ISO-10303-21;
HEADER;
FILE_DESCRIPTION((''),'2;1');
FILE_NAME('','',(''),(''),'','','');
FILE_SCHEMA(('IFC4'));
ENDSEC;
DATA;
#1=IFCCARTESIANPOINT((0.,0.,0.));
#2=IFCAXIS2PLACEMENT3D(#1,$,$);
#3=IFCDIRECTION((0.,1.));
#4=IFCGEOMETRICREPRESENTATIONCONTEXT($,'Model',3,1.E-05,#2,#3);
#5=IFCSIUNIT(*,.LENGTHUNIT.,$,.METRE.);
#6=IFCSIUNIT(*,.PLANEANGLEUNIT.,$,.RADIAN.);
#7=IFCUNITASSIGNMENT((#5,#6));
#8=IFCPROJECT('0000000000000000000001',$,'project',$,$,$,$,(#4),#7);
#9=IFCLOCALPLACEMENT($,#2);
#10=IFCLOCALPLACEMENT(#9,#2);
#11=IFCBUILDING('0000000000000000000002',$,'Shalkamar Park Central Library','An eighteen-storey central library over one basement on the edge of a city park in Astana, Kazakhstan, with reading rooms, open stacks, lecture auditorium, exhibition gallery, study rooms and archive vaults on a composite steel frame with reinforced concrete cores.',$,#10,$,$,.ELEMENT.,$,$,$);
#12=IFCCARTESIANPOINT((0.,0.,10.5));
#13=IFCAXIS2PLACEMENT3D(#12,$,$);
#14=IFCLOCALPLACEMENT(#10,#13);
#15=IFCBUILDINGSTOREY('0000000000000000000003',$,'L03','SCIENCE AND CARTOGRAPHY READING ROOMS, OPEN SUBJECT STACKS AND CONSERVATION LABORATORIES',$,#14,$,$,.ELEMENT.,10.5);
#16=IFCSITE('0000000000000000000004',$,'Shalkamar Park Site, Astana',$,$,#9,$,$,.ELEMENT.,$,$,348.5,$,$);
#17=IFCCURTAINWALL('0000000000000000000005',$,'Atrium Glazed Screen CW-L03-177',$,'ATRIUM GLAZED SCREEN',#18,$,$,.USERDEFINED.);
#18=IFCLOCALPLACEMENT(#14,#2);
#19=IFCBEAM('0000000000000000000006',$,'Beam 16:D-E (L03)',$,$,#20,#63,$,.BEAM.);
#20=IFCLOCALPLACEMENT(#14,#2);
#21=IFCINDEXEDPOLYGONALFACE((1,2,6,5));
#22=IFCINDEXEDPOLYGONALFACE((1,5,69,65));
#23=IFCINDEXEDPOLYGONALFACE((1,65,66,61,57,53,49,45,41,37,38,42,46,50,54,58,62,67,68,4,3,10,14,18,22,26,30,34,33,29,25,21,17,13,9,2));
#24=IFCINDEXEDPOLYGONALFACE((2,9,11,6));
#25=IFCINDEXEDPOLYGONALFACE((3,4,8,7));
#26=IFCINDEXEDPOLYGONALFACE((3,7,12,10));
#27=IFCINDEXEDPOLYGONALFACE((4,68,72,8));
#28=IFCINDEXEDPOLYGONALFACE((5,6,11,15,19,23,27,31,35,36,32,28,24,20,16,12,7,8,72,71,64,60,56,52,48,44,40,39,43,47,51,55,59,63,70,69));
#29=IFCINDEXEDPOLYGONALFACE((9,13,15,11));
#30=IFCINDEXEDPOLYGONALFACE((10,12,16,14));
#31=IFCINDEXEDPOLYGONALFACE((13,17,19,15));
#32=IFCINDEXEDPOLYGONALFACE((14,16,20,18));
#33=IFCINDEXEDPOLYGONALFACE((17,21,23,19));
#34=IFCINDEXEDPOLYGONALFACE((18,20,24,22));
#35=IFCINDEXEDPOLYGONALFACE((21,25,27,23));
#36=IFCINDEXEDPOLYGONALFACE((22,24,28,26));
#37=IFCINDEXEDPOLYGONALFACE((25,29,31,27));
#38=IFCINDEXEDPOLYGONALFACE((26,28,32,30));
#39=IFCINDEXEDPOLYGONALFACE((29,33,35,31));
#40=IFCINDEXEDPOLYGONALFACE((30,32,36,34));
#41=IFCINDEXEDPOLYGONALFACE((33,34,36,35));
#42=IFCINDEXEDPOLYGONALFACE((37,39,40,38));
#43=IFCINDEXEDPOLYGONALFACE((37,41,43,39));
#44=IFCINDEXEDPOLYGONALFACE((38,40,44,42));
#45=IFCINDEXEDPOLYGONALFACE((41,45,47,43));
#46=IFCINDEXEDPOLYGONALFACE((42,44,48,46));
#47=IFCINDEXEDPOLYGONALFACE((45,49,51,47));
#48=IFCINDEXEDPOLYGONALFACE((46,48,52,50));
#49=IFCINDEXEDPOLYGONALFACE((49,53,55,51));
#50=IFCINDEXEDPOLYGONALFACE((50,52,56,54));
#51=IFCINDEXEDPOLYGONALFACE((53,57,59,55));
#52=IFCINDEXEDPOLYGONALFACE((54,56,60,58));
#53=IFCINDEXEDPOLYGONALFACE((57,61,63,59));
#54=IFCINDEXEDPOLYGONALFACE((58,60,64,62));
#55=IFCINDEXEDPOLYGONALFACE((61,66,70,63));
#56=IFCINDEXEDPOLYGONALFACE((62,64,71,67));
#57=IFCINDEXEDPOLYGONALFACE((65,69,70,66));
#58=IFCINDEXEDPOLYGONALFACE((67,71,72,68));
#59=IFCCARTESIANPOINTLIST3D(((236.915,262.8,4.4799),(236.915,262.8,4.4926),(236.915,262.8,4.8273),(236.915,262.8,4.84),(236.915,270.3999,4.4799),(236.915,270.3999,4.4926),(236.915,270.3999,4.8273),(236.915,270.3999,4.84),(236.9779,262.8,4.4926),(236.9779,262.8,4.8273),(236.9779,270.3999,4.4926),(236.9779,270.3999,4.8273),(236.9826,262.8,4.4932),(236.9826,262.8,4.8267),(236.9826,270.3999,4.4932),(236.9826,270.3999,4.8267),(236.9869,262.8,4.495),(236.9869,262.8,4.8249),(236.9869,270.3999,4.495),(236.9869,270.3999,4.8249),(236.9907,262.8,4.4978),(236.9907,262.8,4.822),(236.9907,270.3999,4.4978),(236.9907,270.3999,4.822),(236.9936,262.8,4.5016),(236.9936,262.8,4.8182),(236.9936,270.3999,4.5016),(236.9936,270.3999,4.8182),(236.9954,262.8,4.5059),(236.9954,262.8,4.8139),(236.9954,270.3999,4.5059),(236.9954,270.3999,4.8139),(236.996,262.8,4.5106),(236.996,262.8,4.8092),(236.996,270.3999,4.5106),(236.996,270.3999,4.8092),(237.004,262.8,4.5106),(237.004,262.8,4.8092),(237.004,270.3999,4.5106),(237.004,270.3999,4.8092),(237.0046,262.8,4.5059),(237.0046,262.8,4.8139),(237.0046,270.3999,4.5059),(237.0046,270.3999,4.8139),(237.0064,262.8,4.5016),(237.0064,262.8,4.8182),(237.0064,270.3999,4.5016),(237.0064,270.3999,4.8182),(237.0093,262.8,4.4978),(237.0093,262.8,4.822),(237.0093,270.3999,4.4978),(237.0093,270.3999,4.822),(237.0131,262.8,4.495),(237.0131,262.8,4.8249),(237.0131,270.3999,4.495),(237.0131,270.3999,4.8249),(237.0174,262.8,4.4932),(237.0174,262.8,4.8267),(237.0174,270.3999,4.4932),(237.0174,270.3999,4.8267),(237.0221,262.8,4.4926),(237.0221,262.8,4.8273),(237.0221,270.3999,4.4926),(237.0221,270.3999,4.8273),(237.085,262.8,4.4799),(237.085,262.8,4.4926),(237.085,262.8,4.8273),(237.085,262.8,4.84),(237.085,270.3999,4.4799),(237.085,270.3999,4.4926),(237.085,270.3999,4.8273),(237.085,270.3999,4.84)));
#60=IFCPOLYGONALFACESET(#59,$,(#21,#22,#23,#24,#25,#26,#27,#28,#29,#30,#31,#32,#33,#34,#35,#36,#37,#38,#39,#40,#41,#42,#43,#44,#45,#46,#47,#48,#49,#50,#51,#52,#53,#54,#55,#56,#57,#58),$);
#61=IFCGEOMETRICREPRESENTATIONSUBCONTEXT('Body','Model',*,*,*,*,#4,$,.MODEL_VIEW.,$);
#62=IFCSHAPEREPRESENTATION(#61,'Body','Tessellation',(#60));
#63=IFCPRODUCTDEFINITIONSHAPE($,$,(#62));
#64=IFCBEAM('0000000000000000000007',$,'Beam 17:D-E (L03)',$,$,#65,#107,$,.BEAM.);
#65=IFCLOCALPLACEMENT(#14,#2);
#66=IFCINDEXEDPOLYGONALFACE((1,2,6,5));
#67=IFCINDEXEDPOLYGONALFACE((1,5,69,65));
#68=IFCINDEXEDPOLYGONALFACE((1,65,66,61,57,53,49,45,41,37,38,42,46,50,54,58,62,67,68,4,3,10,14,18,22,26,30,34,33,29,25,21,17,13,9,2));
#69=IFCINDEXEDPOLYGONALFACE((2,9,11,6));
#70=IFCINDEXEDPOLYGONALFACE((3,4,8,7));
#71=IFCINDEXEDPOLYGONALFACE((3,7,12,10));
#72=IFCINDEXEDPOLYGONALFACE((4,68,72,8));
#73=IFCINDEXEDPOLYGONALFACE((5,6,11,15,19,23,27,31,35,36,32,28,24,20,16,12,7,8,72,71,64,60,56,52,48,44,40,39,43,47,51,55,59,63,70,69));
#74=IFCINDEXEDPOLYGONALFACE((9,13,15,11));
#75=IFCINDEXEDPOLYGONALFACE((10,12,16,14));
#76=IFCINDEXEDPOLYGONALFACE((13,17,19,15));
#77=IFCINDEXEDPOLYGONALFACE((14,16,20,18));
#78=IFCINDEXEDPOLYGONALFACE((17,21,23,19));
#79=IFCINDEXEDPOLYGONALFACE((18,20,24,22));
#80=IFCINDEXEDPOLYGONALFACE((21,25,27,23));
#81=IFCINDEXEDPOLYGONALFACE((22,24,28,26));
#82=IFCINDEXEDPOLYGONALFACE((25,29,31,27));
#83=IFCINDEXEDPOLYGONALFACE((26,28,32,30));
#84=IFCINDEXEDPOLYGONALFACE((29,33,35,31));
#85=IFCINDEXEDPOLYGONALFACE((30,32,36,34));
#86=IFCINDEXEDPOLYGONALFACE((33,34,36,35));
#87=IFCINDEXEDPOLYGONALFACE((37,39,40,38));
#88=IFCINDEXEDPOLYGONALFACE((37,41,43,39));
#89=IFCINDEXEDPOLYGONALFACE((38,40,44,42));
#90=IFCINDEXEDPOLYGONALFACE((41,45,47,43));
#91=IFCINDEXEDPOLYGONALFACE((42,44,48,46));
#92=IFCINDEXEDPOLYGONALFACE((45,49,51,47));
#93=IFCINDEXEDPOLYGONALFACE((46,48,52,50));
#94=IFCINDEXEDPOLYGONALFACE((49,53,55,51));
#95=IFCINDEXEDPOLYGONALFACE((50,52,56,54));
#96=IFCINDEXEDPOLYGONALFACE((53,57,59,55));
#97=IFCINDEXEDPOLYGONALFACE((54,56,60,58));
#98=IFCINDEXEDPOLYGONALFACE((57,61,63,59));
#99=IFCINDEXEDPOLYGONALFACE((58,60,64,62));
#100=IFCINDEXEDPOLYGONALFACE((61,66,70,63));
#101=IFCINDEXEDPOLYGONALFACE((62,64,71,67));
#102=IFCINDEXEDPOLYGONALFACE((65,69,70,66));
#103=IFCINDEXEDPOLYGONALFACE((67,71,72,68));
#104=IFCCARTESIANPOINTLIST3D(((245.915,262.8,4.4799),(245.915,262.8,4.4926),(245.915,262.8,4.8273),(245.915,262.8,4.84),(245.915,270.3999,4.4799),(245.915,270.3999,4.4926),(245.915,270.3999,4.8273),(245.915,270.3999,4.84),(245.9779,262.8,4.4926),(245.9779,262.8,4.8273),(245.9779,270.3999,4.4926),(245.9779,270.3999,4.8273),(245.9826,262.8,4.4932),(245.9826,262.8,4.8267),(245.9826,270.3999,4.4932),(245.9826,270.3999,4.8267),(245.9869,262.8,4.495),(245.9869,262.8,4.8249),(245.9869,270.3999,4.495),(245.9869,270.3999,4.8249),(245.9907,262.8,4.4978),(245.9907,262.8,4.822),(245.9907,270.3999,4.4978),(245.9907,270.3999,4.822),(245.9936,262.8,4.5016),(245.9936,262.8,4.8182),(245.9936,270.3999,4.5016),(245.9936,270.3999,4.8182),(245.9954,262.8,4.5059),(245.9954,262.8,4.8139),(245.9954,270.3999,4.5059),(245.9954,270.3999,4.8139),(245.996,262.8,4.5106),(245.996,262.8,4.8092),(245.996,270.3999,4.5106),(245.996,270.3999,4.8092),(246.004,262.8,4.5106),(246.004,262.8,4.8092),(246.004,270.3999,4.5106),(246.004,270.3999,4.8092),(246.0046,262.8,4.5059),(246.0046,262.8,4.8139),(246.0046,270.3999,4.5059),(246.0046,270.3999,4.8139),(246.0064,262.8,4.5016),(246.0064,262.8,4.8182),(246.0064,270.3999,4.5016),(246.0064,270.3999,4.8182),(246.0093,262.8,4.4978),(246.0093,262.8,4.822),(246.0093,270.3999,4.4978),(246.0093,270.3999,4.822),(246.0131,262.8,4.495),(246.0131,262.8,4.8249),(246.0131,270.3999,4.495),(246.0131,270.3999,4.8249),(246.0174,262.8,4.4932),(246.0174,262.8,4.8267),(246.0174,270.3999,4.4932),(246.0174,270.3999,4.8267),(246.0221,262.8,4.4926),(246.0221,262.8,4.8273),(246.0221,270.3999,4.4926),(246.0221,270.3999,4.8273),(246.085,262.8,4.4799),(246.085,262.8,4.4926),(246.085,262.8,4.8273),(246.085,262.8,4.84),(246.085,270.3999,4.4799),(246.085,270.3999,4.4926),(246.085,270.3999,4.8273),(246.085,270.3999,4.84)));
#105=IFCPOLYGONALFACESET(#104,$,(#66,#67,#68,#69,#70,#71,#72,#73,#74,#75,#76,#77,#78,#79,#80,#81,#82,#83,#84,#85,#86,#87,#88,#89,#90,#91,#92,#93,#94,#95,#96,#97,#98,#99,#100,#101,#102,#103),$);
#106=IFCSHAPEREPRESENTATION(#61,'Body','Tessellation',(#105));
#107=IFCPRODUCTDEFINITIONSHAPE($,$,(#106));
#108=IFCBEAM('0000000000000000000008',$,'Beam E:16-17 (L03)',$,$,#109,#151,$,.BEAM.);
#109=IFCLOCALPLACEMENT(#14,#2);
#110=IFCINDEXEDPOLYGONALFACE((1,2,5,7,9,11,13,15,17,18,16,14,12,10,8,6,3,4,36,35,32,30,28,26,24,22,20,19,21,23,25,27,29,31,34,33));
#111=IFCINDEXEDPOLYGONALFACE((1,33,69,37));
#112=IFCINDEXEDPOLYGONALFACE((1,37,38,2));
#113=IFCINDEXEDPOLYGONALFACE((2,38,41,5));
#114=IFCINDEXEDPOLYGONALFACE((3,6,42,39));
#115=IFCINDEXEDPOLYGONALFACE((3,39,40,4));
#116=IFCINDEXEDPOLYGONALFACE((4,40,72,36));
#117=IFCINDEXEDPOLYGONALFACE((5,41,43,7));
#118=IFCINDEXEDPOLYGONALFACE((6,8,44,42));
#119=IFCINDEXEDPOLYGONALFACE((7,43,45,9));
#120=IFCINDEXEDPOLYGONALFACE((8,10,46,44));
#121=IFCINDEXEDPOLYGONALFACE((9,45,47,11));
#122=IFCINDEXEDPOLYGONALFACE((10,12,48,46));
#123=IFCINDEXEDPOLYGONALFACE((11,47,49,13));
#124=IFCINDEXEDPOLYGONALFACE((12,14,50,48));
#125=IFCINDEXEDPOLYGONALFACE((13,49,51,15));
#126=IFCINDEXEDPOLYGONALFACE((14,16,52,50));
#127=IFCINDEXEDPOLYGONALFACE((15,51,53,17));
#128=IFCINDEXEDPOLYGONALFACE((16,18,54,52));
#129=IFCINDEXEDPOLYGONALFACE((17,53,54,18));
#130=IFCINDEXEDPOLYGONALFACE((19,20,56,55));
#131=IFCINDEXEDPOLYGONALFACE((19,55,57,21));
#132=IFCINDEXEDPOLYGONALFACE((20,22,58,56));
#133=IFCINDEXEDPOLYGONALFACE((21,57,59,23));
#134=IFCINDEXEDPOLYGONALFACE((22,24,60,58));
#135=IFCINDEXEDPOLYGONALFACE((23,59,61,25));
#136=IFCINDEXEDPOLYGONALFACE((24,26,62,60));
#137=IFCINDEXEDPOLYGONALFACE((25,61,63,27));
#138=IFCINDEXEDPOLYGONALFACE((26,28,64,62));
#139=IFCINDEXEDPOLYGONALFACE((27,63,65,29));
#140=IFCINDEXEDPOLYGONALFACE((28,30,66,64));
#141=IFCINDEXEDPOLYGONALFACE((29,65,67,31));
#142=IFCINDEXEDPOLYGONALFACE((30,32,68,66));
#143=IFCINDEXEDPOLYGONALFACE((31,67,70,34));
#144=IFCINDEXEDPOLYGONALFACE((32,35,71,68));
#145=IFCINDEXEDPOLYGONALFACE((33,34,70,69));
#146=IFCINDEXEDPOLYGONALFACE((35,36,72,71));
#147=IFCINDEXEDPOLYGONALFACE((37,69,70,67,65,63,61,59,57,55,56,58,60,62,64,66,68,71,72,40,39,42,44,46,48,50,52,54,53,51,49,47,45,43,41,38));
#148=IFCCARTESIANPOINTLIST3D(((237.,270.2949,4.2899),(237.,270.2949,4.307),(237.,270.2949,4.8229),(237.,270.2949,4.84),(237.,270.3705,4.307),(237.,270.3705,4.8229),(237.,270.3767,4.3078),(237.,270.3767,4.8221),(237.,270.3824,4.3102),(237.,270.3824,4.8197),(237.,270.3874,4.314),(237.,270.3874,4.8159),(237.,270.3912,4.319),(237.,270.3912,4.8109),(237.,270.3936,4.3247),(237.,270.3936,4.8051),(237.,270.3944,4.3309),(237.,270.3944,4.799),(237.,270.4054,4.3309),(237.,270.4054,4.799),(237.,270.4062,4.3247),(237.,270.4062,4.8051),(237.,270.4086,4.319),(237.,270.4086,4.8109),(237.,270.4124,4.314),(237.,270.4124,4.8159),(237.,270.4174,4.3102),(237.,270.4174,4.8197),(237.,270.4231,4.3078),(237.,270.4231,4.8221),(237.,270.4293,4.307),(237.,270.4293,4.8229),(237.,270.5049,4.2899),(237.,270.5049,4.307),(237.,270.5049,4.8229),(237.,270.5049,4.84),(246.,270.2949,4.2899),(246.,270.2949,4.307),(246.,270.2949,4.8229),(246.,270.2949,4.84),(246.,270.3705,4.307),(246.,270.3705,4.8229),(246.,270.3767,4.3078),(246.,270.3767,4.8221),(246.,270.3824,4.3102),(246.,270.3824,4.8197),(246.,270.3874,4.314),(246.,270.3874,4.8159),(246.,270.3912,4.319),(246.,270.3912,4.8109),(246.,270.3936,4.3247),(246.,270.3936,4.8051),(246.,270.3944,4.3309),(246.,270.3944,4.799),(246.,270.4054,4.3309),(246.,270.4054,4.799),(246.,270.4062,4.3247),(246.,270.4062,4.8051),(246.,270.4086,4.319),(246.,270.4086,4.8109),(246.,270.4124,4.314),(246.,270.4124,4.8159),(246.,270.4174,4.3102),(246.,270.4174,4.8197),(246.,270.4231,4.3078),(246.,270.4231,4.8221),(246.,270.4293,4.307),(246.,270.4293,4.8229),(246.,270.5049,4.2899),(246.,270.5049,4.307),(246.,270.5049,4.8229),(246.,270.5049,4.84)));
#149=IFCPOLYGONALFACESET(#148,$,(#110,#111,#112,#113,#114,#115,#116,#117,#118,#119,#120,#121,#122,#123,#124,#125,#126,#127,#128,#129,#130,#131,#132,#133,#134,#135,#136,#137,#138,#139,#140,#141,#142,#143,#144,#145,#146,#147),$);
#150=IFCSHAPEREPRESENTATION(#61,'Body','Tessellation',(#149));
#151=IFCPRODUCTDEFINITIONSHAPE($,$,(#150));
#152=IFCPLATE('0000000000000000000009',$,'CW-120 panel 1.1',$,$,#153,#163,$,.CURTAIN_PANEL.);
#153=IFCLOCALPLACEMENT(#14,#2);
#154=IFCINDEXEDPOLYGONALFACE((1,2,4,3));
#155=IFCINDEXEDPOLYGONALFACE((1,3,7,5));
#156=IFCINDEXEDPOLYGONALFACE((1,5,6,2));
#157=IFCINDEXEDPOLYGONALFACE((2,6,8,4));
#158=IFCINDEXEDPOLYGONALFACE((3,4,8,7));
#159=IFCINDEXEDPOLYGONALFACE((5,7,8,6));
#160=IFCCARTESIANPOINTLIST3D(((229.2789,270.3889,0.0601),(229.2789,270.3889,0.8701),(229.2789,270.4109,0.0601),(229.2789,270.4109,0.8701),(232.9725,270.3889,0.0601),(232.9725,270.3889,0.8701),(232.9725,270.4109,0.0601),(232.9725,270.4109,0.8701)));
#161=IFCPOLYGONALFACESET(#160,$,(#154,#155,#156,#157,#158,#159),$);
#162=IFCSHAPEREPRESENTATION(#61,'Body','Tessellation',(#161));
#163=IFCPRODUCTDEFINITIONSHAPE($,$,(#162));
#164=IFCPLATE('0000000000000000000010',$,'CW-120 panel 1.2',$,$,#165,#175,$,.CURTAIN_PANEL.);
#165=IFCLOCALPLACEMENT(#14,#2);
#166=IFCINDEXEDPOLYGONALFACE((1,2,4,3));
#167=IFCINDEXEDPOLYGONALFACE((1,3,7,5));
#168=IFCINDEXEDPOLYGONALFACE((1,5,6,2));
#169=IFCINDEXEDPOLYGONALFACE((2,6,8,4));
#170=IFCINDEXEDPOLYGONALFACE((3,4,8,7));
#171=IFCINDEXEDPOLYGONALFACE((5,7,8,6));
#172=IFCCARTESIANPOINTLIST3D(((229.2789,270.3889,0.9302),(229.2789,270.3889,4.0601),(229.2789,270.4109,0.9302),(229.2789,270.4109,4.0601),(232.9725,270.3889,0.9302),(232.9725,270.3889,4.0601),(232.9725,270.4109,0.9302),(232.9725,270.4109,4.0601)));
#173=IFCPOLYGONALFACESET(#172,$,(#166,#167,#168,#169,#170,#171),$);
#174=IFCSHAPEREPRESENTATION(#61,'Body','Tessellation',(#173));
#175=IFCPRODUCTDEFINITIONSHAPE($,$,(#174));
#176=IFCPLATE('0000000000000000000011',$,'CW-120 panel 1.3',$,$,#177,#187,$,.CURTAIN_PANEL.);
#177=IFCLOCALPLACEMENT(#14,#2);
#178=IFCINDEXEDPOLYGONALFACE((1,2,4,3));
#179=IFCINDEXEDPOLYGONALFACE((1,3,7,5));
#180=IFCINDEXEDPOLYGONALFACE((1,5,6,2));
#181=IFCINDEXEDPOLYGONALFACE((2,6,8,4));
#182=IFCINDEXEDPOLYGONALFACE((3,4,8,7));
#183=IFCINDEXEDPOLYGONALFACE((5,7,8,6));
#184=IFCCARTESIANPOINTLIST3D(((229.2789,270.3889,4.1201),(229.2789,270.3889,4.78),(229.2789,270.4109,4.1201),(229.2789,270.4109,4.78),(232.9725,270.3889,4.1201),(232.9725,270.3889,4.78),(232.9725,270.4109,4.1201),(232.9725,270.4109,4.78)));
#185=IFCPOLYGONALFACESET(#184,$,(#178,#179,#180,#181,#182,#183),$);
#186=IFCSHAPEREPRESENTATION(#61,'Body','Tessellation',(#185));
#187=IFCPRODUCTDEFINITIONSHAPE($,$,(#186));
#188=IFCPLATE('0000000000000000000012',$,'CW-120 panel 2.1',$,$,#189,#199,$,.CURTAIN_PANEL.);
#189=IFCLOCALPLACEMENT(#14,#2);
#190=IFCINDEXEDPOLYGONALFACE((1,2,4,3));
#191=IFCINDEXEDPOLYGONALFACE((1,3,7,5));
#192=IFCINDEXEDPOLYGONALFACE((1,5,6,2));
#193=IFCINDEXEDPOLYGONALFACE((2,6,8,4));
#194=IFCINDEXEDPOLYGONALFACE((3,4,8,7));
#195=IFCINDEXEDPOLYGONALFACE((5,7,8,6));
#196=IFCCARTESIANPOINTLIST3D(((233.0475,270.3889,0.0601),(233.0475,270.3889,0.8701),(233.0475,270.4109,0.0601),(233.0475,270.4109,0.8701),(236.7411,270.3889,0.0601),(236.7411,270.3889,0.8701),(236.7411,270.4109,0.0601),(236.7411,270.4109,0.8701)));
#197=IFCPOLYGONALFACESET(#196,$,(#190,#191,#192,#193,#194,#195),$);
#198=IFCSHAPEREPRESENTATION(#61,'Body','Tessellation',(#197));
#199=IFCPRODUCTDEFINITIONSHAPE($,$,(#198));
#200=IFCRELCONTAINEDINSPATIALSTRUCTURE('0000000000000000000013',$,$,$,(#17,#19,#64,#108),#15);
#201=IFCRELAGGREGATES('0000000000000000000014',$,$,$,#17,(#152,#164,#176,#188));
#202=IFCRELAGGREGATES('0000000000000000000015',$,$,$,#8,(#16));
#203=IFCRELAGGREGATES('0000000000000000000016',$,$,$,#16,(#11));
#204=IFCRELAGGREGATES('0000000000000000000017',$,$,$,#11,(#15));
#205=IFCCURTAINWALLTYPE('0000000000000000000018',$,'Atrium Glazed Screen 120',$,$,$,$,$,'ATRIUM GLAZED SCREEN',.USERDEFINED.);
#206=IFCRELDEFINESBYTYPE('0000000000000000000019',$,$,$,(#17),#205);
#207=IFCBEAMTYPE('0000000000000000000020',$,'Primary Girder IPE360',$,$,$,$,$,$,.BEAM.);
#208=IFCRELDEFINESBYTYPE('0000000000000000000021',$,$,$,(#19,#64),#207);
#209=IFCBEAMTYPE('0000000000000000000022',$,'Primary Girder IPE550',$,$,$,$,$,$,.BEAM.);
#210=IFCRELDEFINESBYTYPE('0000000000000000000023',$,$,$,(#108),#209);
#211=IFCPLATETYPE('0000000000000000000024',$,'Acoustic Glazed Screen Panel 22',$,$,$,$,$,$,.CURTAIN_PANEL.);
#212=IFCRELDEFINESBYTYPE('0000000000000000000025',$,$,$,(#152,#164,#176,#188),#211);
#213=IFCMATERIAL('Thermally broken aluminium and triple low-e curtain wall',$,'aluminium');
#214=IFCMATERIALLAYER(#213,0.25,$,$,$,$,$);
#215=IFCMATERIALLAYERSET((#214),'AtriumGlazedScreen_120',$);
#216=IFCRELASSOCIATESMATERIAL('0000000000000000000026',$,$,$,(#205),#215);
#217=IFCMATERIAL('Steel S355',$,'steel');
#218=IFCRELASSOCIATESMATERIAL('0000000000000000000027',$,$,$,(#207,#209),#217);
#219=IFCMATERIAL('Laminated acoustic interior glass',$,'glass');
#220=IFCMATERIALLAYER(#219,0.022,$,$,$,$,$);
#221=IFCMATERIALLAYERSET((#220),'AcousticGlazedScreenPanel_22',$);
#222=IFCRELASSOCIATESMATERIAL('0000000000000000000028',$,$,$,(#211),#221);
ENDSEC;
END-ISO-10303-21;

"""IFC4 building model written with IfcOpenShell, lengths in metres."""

from ifc_helpers import new_model, si_unit, direction, frame, origin, origin_2d, place, context, subcontext, project, spatial, rectangle, i_section, extrude, material, layer, layer_set, material_profile, profile_set, type_object, element, aggregate, save


model = new_model("IFC4")

# Units and contexts
model_context = context("Model", 3, precision=1e-05, world=origin(), true_north=direction((0.0, 1.0)))
body_context = subcontext(model_context, "Body", "Model", "MODEL_VIEW")
ifc_project = project(units=[si_unit("LENGTHUNIT", "METRE"), si_unit("PLANEANGLEUNIT", "RADIAN")], contexts=[model_context])

# Site, building, storey
site_placement = place(None, origin())
site = spatial("IfcSite", under=ifc_project, at=site_placement, Name="Shalkamar Park Site, Astana", CompositionType="ELEMENT", RefElevation=348.5)
building_placement = place(site_placement, origin())
building = spatial("IfcBuilding", under=site, at=building_placement, Name="Shalkamar Park Central Library", Description="An eighteen-storey central library over one basement on the edge of a city park in Astana, Kazakhstan, with reading rooms, open stacks, lecture auditorium, exhibition gallery, study rooms and archive vaults on a composite steel frame with reinforced concrete cores.", CompositionType="ELEMENT")
storey_placement = place(building_placement, frame((0.0, 0.0, 10.5)))
storey = spatial("IfcBuildingStorey", under=building, at=storey_placement, Name="L03", Description="SCIENCE AND CARTOGRAPHY READING ROOMS, OPEN SUBJECT STACKS AND CONSERVATION LABORATORIES", CompositionType="ELEMENT", Elevation=10.5)

# Shared definitions
ifc_material_1 = material(Name="Steel S355", Category="steel")

# Curtain wall
ifc_material_2 = material(Name="Thermally broken aluminium and triple low-e curtain wall", Category="aluminium")
ifc_layer_1 = layer(ifc_material_2, 0.25)
ifc_layer_set_1 = layer_set([ifc_layer_1], Name="AtriumGlazedScreen_120")
curtain_wall_type_1 = type_object("IfcCurtainWallType", Name="Atrium Glazed Screen 120", ElementType="ATRIUM GLAZED SCREEN", PredefinedType="USERDEFINED", material=ifc_layer_set_1)
curtain_wall_1_placement = place(storey_placement, origin())
curtain_wall_1 = element("IfcCurtainWall", 1, at=curtain_wall_1_placement, inside=storey, type_object=curtain_wall_type_1, Name="Atrium Glazed Screen CW-L03-177", ObjectType="ATRIUM GLAZED SCREEN", PredefinedType="USERDEFINED")

# Beams
ifc_material_profile_1 = material_profile(ifc_material_1, i_section(OverallWidth=0.1699, OverallDepth=0.3601, WebThickness=0.0081, FlangeThickness=0.0127, FilletRadius=0.0181, at=origin_2d()), Name="IPE 360")
ifc_profile_set_1 = profile_set([ifc_material_profile_1], Name="Steel S355")
beam_type_1 = type_object("IfcBeamType", Name="Primary Girder IPE360", PredefinedType="BEAM", material=ifc_profile_set_1)
for number, where, z_axis, x_axis, name in (
    (2, (237.0, 262.8, 4.6599), (0.0, 1.0, 0.0), (-1.0, 0.0, 0.0), "Beam 16:D-E (L03)"),
    (3, (246.0, 262.8, 4.6599), (0.0, 1.0, 0.0), (-1.0, 0.0, 0.0), "Beam 17:D-E (L03)"),
):
    element("IfcBeam", number, at=place(storey_placement, frame(where, z_axis=z_axis, x_axis=x_axis)), inside=storey, type_object=beam_type_1, Name=name, PredefinedType="BEAM", context=body_context, shape_type="SweptSolid", body=[
        extrude(i_section(OverallWidth=0.1699, OverallDepth=0.3601, WebThickness=0.0081, FlangeThickness=0.0127, FilletRadius=0.0181, at=origin_2d()), origin(), (0.0, 0.0, 1.0), 7.5999),
    ])
ifc_material_profile_2 = material_profile(ifc_material_1, i_section(OverallWidth=0.21, OverallDepth=0.55, WebThickness=0.011, FlangeThickness=0.0171, FilletRadius=0.0239, at=origin_2d()), Name="IPE 550")
ifc_profile_set_2 = profile_set([ifc_material_profile_2], Name="Steel S355")
beam_type_2 = type_object("IfcBeamType", Name="Primary Girder IPE550", PredefinedType="BEAM", material=ifc_profile_set_2)
beam_1_placement = place(storey_placement, frame((237.0, 270.3999, 4.5649), z_axis=(1.0, 0.0, 0.0), x_axis=(0.0, 1.0, 0.0)))
element("IfcBeam", 4, at=beam_1_placement, inside=storey, type_object=beam_type_2, Name="Beam E:16-17 (L03)", PredefinedType="BEAM", context=body_context, shape_type="SweptSolid", body=[
    extrude(i_section(OverallWidth=0.21, OverallDepth=0.55, WebThickness=0.011, FlangeThickness=0.0171, FilletRadius=0.0239, at=origin_2d()), origin(), (0.0, 0.0, 1.0), 9.0),
])

# Plates
ifc_material_3 = material(Name="Laminated acoustic interior glass", Category="glass")
ifc_layer_2 = layer(ifc_material_3, 0.022)
ifc_layer_set_2 = layer_set([ifc_layer_2], Name="AcousticGlazedScreenPanel_22")
plate_type = type_object("IfcPlateType", Name="Acoustic Glazed Screen Panel 22", PredefinedType="CURTAIN_PANEL", material=ifc_layer_set_2)
plate_1_placement = place(storey_placement, frame((231.1257, 270.3999, 0.0601), z_axis=(0.0, 0.0, 1.0), x_axis=(1.0, 0.0, 0.0)))
plate_1 = element("IfcPlate", 5, at=plate_1_placement, type_object=plate_type, Name="CW-120 panel 1.1", PredefinedType="CURTAIN_PANEL", context=body_context, shape_type="SweptSolid", body=[
    extrude(rectangle(XDim=3.6936, YDim=0.022, at=origin_2d()), origin(), (0.0, 0.0, 1.0), 0.8101),
])
plate_2_placement = place(storey_placement, frame((231.1257, 270.3999, 0.9302), z_axis=(0.0, 0.0, 1.0), x_axis=(1.0, 0.0, 0.0)))
plate_2 = element("IfcPlate", 6, at=plate_2_placement, type_object=plate_type, Name="CW-120 panel 1.2", PredefinedType="CURTAIN_PANEL", context=body_context, shape_type="SweptSolid", body=[
    extrude(rectangle(XDim=3.6936, YDim=0.022, at=origin_2d()), origin(), (0.0, 0.0, 1.0), 3.1299),
])
plate_3_placement = place(storey_placement, frame((231.1257, 270.3999, 4.1201), z_axis=(0.0, 0.0, 1.0), x_axis=(1.0, 0.0, 0.0)))
plate_3 = element("IfcPlate", 7, at=plate_3_placement, type_object=plate_type, Name="CW-120 panel 1.3", PredefinedType="CURTAIN_PANEL", context=body_context, shape_type="SweptSolid", body=[
    extrude(rectangle(XDim=3.6936, YDim=0.022, at=origin_2d()), origin(), (0.0, 0.0, 1.0), 0.6599),
])
plate_4_placement = place(storey_placement, frame((234.8943, 270.3999, 0.0601), z_axis=(0.0, 0.0, 1.0), x_axis=(1.0, 0.0, 0.0)))
plate_4 = element("IfcPlate", 8, at=plate_4_placement, type_object=plate_type, Name="CW-120 panel 2.1", PredefinedType="CURTAIN_PANEL", context=body_context, shape_type="SweptSolid", body=[
    extrude(rectangle(XDim=3.6936, YDim=0.022, at=origin_2d()), origin(), (0.0, 0.0, 1.0), 0.8101),
])
aggregate(curtain_wall_1, [plate_1, plate_2, plate_3, plate_4])

save(model, "model.ifc")
